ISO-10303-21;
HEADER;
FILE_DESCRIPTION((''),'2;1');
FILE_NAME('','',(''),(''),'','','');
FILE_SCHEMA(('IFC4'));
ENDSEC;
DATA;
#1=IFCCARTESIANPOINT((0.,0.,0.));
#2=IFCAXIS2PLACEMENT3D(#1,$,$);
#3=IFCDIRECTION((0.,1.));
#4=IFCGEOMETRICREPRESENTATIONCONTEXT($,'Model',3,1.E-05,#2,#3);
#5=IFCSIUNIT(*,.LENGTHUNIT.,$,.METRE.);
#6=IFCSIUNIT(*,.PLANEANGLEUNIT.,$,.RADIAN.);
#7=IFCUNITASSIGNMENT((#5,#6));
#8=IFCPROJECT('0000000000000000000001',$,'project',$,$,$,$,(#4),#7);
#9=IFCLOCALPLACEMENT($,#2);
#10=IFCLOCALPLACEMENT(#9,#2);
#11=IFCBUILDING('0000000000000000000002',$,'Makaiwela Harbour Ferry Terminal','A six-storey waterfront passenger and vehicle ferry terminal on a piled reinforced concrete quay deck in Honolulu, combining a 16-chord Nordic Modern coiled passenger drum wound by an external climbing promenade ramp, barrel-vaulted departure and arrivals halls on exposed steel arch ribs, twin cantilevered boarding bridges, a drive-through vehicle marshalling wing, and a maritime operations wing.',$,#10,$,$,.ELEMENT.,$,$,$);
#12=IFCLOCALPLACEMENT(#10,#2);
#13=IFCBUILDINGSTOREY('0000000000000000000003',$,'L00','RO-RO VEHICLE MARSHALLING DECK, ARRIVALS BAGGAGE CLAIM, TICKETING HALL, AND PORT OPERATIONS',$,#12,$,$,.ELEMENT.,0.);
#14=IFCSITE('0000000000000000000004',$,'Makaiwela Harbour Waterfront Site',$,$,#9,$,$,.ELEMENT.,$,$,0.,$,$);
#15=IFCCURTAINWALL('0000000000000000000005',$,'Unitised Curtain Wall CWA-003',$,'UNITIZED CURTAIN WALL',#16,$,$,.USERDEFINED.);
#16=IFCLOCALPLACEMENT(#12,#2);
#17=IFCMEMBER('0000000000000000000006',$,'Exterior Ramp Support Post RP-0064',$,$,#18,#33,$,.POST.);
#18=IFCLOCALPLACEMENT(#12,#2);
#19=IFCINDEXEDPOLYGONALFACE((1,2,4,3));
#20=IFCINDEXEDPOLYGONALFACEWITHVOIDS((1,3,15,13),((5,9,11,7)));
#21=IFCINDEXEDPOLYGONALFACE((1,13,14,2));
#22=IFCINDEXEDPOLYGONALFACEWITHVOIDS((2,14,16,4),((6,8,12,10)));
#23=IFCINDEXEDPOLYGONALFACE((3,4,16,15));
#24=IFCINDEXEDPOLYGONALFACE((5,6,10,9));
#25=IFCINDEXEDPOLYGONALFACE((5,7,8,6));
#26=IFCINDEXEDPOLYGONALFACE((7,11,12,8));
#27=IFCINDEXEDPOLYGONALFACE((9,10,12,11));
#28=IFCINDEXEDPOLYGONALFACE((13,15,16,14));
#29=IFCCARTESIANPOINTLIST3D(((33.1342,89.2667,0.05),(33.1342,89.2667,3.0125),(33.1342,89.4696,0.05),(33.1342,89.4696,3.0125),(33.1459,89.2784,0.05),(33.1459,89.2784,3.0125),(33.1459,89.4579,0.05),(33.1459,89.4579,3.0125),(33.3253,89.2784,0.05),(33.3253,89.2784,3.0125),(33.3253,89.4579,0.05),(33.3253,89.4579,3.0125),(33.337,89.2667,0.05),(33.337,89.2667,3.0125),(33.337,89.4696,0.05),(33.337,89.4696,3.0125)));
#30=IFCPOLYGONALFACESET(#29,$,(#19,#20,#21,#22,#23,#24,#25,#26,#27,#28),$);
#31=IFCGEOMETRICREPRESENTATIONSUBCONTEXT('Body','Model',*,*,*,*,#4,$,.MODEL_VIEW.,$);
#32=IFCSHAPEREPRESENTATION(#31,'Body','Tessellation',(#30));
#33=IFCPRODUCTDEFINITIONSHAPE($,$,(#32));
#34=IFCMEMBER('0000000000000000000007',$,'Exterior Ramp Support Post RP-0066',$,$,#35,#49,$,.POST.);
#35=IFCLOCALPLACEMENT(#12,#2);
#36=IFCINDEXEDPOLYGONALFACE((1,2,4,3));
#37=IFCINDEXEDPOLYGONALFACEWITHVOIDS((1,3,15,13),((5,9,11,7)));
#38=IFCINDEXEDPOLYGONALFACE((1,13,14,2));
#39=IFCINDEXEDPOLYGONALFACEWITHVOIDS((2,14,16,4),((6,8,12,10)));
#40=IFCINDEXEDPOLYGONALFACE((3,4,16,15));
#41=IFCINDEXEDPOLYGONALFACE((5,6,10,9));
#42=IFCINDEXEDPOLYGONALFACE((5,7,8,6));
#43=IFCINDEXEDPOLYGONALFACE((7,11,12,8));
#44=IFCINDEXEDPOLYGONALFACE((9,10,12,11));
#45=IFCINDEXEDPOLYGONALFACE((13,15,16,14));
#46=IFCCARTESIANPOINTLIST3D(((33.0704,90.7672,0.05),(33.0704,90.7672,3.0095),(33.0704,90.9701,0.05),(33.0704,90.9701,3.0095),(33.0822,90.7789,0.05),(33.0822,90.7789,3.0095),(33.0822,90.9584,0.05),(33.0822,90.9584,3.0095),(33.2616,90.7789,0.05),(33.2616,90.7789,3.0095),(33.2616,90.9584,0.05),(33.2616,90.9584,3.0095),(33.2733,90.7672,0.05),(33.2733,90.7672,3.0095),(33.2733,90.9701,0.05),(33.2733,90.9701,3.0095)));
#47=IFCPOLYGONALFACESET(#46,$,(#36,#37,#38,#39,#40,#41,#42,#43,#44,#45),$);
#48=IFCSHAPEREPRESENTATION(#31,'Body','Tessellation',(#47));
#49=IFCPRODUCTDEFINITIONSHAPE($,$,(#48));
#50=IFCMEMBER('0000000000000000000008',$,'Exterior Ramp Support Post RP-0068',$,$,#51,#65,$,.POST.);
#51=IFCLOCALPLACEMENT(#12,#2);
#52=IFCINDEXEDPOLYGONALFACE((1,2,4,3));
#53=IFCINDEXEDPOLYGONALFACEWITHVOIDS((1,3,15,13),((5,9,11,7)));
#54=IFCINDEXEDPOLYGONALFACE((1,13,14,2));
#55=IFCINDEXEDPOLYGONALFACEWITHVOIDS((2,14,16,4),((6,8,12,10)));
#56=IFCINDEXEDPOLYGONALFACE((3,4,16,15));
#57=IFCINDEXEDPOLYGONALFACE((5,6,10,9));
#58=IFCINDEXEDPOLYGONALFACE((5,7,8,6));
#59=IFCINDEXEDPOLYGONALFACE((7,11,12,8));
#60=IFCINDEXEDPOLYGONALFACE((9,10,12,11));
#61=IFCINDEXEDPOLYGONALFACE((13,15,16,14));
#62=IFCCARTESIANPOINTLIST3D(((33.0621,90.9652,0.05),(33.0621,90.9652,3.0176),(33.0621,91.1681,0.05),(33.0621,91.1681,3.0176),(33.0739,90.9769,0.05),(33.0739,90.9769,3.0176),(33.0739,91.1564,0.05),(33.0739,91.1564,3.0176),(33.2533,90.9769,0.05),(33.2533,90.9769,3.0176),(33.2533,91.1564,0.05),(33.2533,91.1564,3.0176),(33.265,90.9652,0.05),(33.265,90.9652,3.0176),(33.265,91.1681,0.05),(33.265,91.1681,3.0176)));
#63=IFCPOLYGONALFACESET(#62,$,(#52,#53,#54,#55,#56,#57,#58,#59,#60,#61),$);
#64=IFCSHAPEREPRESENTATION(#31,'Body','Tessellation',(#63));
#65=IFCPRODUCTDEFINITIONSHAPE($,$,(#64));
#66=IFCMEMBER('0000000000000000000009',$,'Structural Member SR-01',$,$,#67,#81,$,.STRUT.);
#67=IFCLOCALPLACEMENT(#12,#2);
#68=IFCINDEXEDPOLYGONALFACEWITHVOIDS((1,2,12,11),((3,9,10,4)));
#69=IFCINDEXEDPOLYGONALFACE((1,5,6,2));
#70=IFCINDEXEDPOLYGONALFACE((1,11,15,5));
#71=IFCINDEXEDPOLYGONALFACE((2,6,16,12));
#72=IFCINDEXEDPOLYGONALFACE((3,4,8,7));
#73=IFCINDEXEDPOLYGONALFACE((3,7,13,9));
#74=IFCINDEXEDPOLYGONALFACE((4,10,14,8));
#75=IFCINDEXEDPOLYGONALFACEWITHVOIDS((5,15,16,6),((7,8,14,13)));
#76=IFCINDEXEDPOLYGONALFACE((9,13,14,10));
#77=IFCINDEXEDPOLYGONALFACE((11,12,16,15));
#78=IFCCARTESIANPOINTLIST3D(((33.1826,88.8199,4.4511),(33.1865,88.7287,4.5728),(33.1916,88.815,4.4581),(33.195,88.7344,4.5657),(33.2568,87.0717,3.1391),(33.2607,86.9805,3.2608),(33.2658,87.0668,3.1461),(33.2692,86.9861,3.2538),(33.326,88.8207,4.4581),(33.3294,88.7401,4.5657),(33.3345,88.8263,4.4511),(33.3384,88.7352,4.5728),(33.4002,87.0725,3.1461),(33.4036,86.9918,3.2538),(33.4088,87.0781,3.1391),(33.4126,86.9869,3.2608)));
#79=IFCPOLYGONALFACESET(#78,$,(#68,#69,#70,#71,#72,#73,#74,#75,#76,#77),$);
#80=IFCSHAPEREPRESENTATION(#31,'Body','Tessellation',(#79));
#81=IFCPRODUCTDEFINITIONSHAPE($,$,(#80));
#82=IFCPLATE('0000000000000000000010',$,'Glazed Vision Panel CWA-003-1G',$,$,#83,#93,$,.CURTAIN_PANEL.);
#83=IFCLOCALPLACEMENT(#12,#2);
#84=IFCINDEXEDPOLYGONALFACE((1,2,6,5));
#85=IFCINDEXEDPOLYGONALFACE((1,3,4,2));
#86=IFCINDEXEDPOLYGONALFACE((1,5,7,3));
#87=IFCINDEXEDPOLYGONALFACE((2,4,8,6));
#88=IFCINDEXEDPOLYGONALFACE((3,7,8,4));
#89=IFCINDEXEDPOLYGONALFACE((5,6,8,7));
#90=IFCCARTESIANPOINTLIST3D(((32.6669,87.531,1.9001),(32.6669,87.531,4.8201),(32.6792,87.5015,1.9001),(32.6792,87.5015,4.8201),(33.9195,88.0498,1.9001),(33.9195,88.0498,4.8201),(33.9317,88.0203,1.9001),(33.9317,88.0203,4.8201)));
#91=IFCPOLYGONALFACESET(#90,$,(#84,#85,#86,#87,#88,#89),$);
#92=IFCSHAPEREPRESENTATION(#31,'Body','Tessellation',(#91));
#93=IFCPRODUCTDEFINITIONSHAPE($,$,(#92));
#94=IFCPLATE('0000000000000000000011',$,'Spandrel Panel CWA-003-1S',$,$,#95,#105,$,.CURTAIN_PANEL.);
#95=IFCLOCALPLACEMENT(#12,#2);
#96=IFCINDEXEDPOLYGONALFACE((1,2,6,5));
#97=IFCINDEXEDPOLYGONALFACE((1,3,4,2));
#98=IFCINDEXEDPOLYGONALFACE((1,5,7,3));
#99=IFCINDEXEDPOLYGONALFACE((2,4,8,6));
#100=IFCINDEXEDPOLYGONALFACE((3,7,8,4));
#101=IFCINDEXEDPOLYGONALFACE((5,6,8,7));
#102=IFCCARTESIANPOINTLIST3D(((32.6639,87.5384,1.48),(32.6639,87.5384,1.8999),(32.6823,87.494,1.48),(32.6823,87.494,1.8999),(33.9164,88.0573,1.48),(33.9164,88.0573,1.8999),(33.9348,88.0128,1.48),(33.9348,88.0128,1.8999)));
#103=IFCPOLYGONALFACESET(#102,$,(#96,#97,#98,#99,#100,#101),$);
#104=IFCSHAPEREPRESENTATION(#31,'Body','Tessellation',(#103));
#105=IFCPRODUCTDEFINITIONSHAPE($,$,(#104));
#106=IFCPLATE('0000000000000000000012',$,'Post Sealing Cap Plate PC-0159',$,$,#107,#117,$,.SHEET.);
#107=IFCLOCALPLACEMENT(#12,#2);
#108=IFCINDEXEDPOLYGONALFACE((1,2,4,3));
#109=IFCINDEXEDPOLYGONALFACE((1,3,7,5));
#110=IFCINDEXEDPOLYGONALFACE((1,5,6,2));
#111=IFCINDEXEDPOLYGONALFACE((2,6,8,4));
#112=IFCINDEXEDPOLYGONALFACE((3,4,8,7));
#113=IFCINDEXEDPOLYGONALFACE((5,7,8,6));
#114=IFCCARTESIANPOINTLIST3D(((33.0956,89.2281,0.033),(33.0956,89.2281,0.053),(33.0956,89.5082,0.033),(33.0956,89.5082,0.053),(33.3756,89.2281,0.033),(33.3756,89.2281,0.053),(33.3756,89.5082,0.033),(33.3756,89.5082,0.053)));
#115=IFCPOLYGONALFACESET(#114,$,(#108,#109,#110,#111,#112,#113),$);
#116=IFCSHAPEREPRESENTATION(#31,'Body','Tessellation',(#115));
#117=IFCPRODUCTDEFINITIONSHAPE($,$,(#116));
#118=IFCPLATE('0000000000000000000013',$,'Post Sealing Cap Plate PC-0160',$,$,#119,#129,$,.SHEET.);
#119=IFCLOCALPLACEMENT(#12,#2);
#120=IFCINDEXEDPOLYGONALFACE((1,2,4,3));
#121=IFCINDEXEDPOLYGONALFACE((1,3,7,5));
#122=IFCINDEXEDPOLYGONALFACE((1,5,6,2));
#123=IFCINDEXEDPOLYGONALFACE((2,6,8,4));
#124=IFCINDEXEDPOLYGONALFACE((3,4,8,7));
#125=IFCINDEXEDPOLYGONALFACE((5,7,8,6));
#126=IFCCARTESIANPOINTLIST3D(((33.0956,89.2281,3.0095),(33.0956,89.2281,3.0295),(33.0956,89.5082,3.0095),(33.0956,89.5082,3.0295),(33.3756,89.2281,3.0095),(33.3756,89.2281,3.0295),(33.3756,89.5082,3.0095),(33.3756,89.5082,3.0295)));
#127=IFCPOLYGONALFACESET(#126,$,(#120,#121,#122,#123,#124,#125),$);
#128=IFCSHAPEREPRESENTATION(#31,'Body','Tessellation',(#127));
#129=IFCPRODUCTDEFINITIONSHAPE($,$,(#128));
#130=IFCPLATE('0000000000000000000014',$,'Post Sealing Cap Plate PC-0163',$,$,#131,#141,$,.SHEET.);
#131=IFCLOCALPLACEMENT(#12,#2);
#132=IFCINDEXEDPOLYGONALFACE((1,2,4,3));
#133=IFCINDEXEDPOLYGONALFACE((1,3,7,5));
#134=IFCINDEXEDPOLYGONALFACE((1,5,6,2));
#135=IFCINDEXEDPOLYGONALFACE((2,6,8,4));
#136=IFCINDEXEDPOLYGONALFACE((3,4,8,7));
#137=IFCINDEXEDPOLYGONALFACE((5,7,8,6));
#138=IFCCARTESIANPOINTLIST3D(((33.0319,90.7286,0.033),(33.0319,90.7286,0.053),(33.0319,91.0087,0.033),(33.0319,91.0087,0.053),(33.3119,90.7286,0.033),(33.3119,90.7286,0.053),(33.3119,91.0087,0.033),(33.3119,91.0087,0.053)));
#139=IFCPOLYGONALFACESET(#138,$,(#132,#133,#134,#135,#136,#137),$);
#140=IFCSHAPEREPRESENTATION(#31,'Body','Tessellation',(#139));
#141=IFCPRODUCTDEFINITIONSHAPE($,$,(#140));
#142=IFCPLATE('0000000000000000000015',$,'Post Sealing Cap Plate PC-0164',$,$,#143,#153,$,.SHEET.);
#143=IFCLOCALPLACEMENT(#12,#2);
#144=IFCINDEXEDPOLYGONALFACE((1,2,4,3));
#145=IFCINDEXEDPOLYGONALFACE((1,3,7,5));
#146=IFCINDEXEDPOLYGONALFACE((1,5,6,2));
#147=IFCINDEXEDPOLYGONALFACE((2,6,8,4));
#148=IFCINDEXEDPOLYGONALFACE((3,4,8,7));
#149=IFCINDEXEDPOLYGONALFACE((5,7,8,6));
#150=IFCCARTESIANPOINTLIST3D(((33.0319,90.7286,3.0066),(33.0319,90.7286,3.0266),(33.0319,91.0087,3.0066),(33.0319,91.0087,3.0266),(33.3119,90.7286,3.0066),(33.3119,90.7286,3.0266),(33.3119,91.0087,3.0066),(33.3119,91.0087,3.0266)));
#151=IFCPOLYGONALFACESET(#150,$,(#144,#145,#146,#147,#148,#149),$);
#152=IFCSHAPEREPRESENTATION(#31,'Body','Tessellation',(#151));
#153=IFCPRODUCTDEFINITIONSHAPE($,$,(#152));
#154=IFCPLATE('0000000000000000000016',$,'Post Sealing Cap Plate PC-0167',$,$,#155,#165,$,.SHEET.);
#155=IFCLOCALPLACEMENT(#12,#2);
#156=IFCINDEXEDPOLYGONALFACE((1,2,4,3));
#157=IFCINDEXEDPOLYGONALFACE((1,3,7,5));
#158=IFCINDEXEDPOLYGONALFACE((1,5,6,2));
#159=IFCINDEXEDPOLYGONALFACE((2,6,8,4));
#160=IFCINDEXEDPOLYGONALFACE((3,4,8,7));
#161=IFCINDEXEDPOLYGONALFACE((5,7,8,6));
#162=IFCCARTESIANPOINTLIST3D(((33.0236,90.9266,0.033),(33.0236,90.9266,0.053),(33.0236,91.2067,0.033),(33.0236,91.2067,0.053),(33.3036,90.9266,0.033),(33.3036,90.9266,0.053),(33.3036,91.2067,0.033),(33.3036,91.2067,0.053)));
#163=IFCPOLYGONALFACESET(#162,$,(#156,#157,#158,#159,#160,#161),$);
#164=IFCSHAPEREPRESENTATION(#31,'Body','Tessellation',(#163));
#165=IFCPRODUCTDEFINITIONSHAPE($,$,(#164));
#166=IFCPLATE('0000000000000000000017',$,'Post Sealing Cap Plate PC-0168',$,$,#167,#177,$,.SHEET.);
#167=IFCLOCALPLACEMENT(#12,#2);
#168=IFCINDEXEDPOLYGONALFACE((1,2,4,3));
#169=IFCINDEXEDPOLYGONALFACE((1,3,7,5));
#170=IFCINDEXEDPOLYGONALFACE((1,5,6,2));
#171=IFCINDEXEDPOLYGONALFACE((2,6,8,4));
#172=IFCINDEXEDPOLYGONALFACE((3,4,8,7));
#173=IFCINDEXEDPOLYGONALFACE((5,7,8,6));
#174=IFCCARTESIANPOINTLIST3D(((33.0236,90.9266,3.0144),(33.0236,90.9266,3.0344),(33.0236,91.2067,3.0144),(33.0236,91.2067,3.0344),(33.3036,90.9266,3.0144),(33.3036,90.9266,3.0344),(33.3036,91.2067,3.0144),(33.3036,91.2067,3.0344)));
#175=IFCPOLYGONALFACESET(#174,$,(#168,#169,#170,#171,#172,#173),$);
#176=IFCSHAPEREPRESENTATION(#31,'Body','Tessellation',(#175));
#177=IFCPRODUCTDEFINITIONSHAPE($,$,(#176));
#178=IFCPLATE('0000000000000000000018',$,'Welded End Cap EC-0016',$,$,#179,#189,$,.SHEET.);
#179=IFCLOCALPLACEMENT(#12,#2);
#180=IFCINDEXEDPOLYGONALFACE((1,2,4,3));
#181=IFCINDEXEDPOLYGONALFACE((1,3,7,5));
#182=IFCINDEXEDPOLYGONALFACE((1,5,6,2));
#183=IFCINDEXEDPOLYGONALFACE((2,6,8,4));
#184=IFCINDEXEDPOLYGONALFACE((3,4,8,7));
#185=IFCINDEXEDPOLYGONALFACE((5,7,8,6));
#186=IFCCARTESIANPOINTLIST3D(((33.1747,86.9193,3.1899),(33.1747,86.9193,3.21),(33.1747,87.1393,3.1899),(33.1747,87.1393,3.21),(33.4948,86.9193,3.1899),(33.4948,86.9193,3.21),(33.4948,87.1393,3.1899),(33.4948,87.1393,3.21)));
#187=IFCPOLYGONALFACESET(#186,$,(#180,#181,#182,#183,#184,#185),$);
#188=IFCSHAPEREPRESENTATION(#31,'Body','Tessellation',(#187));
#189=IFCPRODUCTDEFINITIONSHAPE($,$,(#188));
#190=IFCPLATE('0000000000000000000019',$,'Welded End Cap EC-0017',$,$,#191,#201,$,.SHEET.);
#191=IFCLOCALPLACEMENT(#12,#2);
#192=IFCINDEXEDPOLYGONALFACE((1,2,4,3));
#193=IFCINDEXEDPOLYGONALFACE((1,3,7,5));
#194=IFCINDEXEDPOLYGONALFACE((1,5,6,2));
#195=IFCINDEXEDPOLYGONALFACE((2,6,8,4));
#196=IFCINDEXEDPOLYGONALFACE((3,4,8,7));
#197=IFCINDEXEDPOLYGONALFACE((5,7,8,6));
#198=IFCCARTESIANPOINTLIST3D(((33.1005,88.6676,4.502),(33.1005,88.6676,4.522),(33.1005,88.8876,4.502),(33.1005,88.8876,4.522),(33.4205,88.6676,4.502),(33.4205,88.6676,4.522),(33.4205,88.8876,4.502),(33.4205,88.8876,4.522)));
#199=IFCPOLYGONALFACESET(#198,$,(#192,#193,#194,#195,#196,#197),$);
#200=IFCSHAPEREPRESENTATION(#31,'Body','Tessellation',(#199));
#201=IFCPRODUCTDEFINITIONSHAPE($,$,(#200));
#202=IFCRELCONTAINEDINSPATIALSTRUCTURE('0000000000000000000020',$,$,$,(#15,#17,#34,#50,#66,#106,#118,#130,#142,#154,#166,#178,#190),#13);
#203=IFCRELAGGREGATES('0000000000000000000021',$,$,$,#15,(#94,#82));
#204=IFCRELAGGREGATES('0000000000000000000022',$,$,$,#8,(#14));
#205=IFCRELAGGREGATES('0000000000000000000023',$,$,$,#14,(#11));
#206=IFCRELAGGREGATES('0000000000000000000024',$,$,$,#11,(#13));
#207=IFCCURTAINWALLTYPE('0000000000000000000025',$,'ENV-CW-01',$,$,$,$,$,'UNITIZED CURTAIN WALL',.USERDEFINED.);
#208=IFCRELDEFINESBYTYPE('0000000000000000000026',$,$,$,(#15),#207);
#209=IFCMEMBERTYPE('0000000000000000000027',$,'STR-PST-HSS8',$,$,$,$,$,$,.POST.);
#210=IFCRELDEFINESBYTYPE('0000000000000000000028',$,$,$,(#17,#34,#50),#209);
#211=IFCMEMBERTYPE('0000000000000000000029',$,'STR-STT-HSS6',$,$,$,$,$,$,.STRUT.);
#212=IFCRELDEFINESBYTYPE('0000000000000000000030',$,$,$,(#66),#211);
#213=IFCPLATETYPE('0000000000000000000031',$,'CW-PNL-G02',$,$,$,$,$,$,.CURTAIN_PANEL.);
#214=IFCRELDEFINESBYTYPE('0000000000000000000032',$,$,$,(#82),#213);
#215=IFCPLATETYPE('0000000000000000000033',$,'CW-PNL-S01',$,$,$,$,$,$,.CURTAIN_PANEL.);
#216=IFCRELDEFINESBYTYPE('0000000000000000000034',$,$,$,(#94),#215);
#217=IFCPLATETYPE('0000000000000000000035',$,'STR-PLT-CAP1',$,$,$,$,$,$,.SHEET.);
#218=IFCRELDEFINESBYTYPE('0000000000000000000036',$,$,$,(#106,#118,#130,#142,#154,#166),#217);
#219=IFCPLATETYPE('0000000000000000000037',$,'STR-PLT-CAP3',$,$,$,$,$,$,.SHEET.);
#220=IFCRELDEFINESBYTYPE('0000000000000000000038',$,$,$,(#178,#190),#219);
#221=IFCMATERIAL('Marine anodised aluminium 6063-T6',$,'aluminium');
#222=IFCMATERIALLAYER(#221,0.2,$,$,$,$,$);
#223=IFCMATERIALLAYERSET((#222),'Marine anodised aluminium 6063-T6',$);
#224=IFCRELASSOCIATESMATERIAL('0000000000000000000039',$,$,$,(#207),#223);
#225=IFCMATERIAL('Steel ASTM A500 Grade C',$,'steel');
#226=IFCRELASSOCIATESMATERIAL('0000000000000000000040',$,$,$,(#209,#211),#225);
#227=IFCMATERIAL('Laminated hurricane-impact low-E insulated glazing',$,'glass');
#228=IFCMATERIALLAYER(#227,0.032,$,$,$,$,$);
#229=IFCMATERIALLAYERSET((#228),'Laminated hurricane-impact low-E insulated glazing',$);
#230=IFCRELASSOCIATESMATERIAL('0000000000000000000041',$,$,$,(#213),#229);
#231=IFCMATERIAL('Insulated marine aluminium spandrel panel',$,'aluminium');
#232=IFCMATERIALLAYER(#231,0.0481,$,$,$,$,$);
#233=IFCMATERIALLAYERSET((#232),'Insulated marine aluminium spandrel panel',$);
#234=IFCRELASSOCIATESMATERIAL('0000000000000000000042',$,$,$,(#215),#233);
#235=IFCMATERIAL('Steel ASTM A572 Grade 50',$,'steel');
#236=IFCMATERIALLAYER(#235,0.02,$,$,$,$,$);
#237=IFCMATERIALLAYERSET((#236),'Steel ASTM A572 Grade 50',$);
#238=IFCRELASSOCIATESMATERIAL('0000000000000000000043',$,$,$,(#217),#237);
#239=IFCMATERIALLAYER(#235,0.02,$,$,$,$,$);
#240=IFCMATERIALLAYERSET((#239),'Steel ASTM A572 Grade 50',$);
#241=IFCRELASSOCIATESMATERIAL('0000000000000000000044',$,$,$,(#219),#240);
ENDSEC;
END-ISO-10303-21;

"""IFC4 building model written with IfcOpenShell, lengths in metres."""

from ifc_helpers import new_model, si_unit, direction, frame, origin, origin_2d, place, context, subcontext, project, spatial, rectangle, hollow_rectangle, extrude, material, layer, layer_set, material_profile, profile_set, type_object, element, aggregate, save


model = new_model("IFC4")

# Units and contexts
model_context = context("Model", 3, precision=1e-05, world=origin(), true_north=direction((0.0, 1.0)))
body_context = subcontext(model_context, "Body", "Model", "MODEL_VIEW")
ifc_project = project(units=[si_unit("LENGTHUNIT", "METRE"), si_unit("PLANEANGLEUNIT", "RADIAN")], contexts=[model_context])

# Site, building, storey
site_placement = place(None, origin())
site = spatial("IfcSite", under=ifc_project, at=site_placement, Name="Makaiwela Harbour Waterfront Site", CompositionType="ELEMENT", RefElevation=0.0)
building_placement = place(site_placement, origin())
building = spatial("IfcBuilding", under=site, at=building_placement, Name="Makaiwela Harbour Ferry Terminal", Description="A six-storey waterfront passenger and vehicle ferry terminal on a piled reinforced concrete quay deck in Honolulu, combining a 16-chord Nordic Modern coiled passenger drum wound by an external climbing promenade ramp, barrel-vaulted departure and arrivals halls on exposed steel arch ribs, twin cantilevered boarding bridges, a drive-through vehicle marshalling wing, and a maritime operations wing.", CompositionType="ELEMENT")
storey_placement = place(building_placement, origin())
storey = spatial("IfcBuildingStorey", under=building, at=storey_placement, Name="L00", Description="RO-RO VEHICLE MARSHALLING DECK, ARRIVALS BAGGAGE CLAIM, TICKETING HALL, AND PORT OPERATIONS", CompositionType="ELEMENT", Elevation=0.0)

# Curtain wall
ifc_material_1 = material(Name="Marine anodised aluminium 6063-T6", Category="aluminium")
ifc_layer_1 = layer(ifc_material_1, 0.2)
ifc_layer_set_1 = layer_set([ifc_layer_1], Name="Marine anodised aluminium 6063-T6")
curtain_wall_type = type_object("IfcCurtainWallType", Name="ENV-CW-01", ElementType="UNITIZED CURTAIN WALL", PredefinedType="USERDEFINED", material=ifc_layer_set_1)
curtain_wall_placement = place(storey_placement, origin())
curtain_wall = element("IfcCurtainWall", 1, at=curtain_wall_placement, inside=storey, type_object=curtain_wall_type, Name="Unitised Curtain Wall CWA-003", ObjectType="UNITIZED CURTAIN WALL", PredefinedType="USERDEFINED")

# Members
ifc_material_2 = material(Name="Steel ASTM A500 Grade C", Category="steel")
ifc_material_profile_1 = material_profile(ifc_material_2, hollow_rectangle(XDim=0.2029, YDim=0.2029, WallThickness=0.0117, at=origin_2d()), Name="HSS8X8X1/2")
ifc_profile_set_1 = profile_set([ifc_material_profile_1], Name="Steel ASTM A500 Grade C")
member_type_1 = type_object("IfcMemberType", Name="STR-PST-HSS8", PredefinedType="POST", material=ifc_profile_set_1)
member_1_placement = place(storey_placement, frame((33.2356, 89.3682, 0.05), z_axis=(0.0, 0.0, 1.0), x_axis=(1.0, 0.0, 0.0)))
element("IfcMember", 2, at=member_1_placement, inside=storey, type_object=member_type_1, Name="Exterior Ramp Support Post RP-0064", PredefinedType="POST", context=body_context, shape_type="SweptSolid", body=[
    extrude(hollow_rectangle(XDim=0.2029, YDim=0.2029, WallThickness=0.0117, at=origin_2d()), origin(), (0.0, 0.0, 1.0), 2.9624),
])
member_2_placement = place(storey_placement, frame((33.1719, 90.8687, 0.05), z_axis=(0.0, 0.0, 1.0), x_axis=(1.0, 0.0, 0.0)))
element("IfcMember", 3, at=member_2_placement, inside=storey, type_object=member_type_1, Name="Exterior Ramp Support Post RP-0066", PredefinedType="POST", context=body_context, shape_type="SweptSolid", body=[
    extrude(hollow_rectangle(XDim=0.2029, YDim=0.2029, WallThickness=0.0117, at=origin_2d()), origin(), (0.0, 0.0, 1.0), 2.9595),
])
member_3_placement = place(storey_placement, frame((33.1636, 91.0667, 0.05), z_axis=(0.0, 0.0, 1.0), x_axis=(1.0, 0.0, 0.0)))
element("IfcMember", 4, at=member_3_placement, inside=storey, type_object=member_type_1, Name="Exterior Ramp Support Post RP-0068", PredefinedType="POST", context=body_context, shape_type="SweptSolid", body=[
    extrude(hollow_rectangle(XDim=0.2029, YDim=0.2029, WallThickness=0.0117, at=origin_2d()), origin(), (0.0, 0.0, 1.0), 2.9675),
])
ifc_material_profile_2 = material_profile(ifc_material_2, hollow_rectangle(XDim=0.1521, YDim=0.1521, WallThickness=0.0088, at=origin_2d()), Name="HSS6X6X3/8")
ifc_profile_set_2 = profile_set([ifc_material_profile_2], Name="Steel ASTM A500 Grade C")
member_type_2 = type_object("IfcMemberType", Name="STR-STT-HSS6", PredefinedType="STRUT", material=ifc_profile_set_2)
member_4_placement = place(storey_placement, frame((33.3347, 87.0293, 3.2), z_axis=(-0.033935, 0.799365, 0.599887), x_axis=(-0.9991, -0.042414, 0.0)))
element("IfcMember", 5, at=member_4_placement, inside=storey, type_object=member_type_2, Name="Structural Member SR-01", PredefinedType="STRUT", context=body_context, shape_type="SweptSolid", body=[
    extrude(hollow_rectangle(XDim=0.1521, YDim=0.1521, WallThickness=0.0088, at=origin_2d()), origin(), (0.0, 0.0, 1.0), 2.187),
])

# Plates
ifc_material_3 = material(Name="Laminated hurricane-impact low-E insulated glazing", Category="glass")
ifc_layer_2 = layer(ifc_material_3, 0.032)
ifc_layer_set_2 = layer_set([ifc_layer_2], Name="Laminated hurricane-impact low-E insulated glazing")
plate_type_1 = type_object("IfcPlateType", Name="CW-PNL-G02", PredefinedType="CURTAIN_PANEL", material=ifc_layer_set_2)
plate_1_placement = place(storey_placement, frame((33.2993, 87.7756, 1.9001), z_axis=(0.0, 0.0, 1.0), x_axis=(-0.92388, -0.382683, 0.0)))
plate_1 = element("IfcPlate", 6, at=plate_1_placement, type_object=plate_type_1, Name="Glazed Vision Panel CWA-003-1G", PredefinedType="CURTAIN_PANEL", context=body_context, shape_type="SweptSolid", body=[
    extrude(rectangle(XDim=1.3557, YDim=0.032, at=origin_2d()), origin(), (0.0, 0.0, 1.0), 2.9199),
])
ifc_material_4 = material(Name="Insulated marine aluminium spandrel panel", Category="aluminium")
ifc_layer_3 = layer(ifc_material_4, 0.0481)
ifc_layer_set_3 = layer_set([ifc_layer_3], Name="Insulated marine aluminium spandrel panel")
plate_type_2 = type_object("IfcPlateType", Name="CW-PNL-S01", PredefinedType="CURTAIN_PANEL", material=ifc_layer_set_3)
plate_2_placement = place(storey_placement, frame((33.2993, 87.7756, 1.48), z_axis=(0.0, 0.0, 1.0), x_axis=(-0.92388, -0.382683, 0.0)))
plate_2 = element("IfcPlate", 7, at=plate_2_placement, type_object=plate_type_2, Name="Spandrel Panel CWA-003-1S", PredefinedType="CURTAIN_PANEL", context=body_context, shape_type="SweptSolid", body=[
    extrude(rectangle(XDim=1.3557, YDim=0.0481, at=origin_2d()), origin(), (0.0, 0.0, 1.0), 0.4199),
])
aggregate(curtain_wall, [plate_2, plate_1])

# Plates
ifc_material_5 = material(Name="Steel ASTM A572 Grade 50", Category="steel")
ifc_layer_4 = layer(ifc_material_5, 0.02)
ifc_layer_set_4 = layer_set([ifc_layer_4], Name="Steel ASTM A572 Grade 50")
plate_type_3 = type_object("IfcPlateType", Name="STR-PLT-CAP1", PredefinedType="SHEET", material=ifc_layer_set_4)
for number, where, z_axis, x_axis, name in (
    (8, (33.2356, 89.3682, 0.033), (0.0, 0.0, 1.0), (1.0, 0.0, 0.0), "Post Sealing Cap Plate PC-0159"),
    (9, (33.2356, 89.3682, 3.0095), (0.0, 0.0, 1.0), (1.0, 0.0, 0.0), "Post Sealing Cap Plate PC-0160"),
    (10, (33.1719, 90.8687, 0.033), (0.0, 0.0, 1.0), (1.0, 0.0, 0.0), "Post Sealing Cap Plate PC-0163"),
    (11, (33.1719, 90.8687, 3.0066), (0.0, 0.0, 1.0), (1.0, 0.0, 0.0), "Post Sealing Cap Plate PC-0164"),
    (12, (33.1636, 91.0667, 0.033), (0.0, 0.0, 1.0), (1.0, 0.0, 0.0), "Post Sealing Cap Plate PC-0167"),
    (13, (33.1636, 91.0667, 3.0144), (0.0, 0.0, 1.0), (1.0, 0.0, 0.0), "Post Sealing Cap Plate PC-0168"),
):
    element("IfcPlate", number, at=place(storey_placement, frame(where, z_axis=z_axis, x_axis=x_axis)), inside=storey, type_object=plate_type_3, Name=name, PredefinedType="SHEET", context=body_context, shape_type="SweptSolid", body=[
        extrude(rectangle(XDim=0.28, YDim=0.28, at=origin_2d()), origin(), (0.0, 0.0, 1.0), 0.02),
    ])
ifc_layer_5 = layer(ifc_material_5, 0.02)
ifc_layer_set_5 = layer_set([ifc_layer_5], Name="Steel ASTM A572 Grade 50")
plate_type_4 = type_object("IfcPlateType", Name="STR-PLT-CAP3", PredefinedType="SHEET", material=ifc_layer_set_5)
for number, where, z_axis, x_axis, name in (
    (14, (33.3347, 87.0293, 3.1899), (0.0, 0.0, 1.0), (1.0, 0.0, 0.0), "Welded End Cap EC-0016"),
    (15, (33.2605, 88.7776, 4.502), (0.0, 0.0, 1.0), (1.0, 0.0, 0.0), "Welded End Cap EC-0017"),
):
    element("IfcPlate", number, at=place(storey_placement, frame(where, z_axis=z_axis, x_axis=x_axis)), inside=storey, type_object=plate_type_4, Name=name, PredefinedType="SHEET", context=body_context, shape_type="SweptSolid", body=[
        extrude(rectangle(XDim=0.3201, YDim=0.22, at=origin_2d()), origin(), (0.0, 0.0, 1.0), 0.02),
    ])

save(model, "model.ifc")
